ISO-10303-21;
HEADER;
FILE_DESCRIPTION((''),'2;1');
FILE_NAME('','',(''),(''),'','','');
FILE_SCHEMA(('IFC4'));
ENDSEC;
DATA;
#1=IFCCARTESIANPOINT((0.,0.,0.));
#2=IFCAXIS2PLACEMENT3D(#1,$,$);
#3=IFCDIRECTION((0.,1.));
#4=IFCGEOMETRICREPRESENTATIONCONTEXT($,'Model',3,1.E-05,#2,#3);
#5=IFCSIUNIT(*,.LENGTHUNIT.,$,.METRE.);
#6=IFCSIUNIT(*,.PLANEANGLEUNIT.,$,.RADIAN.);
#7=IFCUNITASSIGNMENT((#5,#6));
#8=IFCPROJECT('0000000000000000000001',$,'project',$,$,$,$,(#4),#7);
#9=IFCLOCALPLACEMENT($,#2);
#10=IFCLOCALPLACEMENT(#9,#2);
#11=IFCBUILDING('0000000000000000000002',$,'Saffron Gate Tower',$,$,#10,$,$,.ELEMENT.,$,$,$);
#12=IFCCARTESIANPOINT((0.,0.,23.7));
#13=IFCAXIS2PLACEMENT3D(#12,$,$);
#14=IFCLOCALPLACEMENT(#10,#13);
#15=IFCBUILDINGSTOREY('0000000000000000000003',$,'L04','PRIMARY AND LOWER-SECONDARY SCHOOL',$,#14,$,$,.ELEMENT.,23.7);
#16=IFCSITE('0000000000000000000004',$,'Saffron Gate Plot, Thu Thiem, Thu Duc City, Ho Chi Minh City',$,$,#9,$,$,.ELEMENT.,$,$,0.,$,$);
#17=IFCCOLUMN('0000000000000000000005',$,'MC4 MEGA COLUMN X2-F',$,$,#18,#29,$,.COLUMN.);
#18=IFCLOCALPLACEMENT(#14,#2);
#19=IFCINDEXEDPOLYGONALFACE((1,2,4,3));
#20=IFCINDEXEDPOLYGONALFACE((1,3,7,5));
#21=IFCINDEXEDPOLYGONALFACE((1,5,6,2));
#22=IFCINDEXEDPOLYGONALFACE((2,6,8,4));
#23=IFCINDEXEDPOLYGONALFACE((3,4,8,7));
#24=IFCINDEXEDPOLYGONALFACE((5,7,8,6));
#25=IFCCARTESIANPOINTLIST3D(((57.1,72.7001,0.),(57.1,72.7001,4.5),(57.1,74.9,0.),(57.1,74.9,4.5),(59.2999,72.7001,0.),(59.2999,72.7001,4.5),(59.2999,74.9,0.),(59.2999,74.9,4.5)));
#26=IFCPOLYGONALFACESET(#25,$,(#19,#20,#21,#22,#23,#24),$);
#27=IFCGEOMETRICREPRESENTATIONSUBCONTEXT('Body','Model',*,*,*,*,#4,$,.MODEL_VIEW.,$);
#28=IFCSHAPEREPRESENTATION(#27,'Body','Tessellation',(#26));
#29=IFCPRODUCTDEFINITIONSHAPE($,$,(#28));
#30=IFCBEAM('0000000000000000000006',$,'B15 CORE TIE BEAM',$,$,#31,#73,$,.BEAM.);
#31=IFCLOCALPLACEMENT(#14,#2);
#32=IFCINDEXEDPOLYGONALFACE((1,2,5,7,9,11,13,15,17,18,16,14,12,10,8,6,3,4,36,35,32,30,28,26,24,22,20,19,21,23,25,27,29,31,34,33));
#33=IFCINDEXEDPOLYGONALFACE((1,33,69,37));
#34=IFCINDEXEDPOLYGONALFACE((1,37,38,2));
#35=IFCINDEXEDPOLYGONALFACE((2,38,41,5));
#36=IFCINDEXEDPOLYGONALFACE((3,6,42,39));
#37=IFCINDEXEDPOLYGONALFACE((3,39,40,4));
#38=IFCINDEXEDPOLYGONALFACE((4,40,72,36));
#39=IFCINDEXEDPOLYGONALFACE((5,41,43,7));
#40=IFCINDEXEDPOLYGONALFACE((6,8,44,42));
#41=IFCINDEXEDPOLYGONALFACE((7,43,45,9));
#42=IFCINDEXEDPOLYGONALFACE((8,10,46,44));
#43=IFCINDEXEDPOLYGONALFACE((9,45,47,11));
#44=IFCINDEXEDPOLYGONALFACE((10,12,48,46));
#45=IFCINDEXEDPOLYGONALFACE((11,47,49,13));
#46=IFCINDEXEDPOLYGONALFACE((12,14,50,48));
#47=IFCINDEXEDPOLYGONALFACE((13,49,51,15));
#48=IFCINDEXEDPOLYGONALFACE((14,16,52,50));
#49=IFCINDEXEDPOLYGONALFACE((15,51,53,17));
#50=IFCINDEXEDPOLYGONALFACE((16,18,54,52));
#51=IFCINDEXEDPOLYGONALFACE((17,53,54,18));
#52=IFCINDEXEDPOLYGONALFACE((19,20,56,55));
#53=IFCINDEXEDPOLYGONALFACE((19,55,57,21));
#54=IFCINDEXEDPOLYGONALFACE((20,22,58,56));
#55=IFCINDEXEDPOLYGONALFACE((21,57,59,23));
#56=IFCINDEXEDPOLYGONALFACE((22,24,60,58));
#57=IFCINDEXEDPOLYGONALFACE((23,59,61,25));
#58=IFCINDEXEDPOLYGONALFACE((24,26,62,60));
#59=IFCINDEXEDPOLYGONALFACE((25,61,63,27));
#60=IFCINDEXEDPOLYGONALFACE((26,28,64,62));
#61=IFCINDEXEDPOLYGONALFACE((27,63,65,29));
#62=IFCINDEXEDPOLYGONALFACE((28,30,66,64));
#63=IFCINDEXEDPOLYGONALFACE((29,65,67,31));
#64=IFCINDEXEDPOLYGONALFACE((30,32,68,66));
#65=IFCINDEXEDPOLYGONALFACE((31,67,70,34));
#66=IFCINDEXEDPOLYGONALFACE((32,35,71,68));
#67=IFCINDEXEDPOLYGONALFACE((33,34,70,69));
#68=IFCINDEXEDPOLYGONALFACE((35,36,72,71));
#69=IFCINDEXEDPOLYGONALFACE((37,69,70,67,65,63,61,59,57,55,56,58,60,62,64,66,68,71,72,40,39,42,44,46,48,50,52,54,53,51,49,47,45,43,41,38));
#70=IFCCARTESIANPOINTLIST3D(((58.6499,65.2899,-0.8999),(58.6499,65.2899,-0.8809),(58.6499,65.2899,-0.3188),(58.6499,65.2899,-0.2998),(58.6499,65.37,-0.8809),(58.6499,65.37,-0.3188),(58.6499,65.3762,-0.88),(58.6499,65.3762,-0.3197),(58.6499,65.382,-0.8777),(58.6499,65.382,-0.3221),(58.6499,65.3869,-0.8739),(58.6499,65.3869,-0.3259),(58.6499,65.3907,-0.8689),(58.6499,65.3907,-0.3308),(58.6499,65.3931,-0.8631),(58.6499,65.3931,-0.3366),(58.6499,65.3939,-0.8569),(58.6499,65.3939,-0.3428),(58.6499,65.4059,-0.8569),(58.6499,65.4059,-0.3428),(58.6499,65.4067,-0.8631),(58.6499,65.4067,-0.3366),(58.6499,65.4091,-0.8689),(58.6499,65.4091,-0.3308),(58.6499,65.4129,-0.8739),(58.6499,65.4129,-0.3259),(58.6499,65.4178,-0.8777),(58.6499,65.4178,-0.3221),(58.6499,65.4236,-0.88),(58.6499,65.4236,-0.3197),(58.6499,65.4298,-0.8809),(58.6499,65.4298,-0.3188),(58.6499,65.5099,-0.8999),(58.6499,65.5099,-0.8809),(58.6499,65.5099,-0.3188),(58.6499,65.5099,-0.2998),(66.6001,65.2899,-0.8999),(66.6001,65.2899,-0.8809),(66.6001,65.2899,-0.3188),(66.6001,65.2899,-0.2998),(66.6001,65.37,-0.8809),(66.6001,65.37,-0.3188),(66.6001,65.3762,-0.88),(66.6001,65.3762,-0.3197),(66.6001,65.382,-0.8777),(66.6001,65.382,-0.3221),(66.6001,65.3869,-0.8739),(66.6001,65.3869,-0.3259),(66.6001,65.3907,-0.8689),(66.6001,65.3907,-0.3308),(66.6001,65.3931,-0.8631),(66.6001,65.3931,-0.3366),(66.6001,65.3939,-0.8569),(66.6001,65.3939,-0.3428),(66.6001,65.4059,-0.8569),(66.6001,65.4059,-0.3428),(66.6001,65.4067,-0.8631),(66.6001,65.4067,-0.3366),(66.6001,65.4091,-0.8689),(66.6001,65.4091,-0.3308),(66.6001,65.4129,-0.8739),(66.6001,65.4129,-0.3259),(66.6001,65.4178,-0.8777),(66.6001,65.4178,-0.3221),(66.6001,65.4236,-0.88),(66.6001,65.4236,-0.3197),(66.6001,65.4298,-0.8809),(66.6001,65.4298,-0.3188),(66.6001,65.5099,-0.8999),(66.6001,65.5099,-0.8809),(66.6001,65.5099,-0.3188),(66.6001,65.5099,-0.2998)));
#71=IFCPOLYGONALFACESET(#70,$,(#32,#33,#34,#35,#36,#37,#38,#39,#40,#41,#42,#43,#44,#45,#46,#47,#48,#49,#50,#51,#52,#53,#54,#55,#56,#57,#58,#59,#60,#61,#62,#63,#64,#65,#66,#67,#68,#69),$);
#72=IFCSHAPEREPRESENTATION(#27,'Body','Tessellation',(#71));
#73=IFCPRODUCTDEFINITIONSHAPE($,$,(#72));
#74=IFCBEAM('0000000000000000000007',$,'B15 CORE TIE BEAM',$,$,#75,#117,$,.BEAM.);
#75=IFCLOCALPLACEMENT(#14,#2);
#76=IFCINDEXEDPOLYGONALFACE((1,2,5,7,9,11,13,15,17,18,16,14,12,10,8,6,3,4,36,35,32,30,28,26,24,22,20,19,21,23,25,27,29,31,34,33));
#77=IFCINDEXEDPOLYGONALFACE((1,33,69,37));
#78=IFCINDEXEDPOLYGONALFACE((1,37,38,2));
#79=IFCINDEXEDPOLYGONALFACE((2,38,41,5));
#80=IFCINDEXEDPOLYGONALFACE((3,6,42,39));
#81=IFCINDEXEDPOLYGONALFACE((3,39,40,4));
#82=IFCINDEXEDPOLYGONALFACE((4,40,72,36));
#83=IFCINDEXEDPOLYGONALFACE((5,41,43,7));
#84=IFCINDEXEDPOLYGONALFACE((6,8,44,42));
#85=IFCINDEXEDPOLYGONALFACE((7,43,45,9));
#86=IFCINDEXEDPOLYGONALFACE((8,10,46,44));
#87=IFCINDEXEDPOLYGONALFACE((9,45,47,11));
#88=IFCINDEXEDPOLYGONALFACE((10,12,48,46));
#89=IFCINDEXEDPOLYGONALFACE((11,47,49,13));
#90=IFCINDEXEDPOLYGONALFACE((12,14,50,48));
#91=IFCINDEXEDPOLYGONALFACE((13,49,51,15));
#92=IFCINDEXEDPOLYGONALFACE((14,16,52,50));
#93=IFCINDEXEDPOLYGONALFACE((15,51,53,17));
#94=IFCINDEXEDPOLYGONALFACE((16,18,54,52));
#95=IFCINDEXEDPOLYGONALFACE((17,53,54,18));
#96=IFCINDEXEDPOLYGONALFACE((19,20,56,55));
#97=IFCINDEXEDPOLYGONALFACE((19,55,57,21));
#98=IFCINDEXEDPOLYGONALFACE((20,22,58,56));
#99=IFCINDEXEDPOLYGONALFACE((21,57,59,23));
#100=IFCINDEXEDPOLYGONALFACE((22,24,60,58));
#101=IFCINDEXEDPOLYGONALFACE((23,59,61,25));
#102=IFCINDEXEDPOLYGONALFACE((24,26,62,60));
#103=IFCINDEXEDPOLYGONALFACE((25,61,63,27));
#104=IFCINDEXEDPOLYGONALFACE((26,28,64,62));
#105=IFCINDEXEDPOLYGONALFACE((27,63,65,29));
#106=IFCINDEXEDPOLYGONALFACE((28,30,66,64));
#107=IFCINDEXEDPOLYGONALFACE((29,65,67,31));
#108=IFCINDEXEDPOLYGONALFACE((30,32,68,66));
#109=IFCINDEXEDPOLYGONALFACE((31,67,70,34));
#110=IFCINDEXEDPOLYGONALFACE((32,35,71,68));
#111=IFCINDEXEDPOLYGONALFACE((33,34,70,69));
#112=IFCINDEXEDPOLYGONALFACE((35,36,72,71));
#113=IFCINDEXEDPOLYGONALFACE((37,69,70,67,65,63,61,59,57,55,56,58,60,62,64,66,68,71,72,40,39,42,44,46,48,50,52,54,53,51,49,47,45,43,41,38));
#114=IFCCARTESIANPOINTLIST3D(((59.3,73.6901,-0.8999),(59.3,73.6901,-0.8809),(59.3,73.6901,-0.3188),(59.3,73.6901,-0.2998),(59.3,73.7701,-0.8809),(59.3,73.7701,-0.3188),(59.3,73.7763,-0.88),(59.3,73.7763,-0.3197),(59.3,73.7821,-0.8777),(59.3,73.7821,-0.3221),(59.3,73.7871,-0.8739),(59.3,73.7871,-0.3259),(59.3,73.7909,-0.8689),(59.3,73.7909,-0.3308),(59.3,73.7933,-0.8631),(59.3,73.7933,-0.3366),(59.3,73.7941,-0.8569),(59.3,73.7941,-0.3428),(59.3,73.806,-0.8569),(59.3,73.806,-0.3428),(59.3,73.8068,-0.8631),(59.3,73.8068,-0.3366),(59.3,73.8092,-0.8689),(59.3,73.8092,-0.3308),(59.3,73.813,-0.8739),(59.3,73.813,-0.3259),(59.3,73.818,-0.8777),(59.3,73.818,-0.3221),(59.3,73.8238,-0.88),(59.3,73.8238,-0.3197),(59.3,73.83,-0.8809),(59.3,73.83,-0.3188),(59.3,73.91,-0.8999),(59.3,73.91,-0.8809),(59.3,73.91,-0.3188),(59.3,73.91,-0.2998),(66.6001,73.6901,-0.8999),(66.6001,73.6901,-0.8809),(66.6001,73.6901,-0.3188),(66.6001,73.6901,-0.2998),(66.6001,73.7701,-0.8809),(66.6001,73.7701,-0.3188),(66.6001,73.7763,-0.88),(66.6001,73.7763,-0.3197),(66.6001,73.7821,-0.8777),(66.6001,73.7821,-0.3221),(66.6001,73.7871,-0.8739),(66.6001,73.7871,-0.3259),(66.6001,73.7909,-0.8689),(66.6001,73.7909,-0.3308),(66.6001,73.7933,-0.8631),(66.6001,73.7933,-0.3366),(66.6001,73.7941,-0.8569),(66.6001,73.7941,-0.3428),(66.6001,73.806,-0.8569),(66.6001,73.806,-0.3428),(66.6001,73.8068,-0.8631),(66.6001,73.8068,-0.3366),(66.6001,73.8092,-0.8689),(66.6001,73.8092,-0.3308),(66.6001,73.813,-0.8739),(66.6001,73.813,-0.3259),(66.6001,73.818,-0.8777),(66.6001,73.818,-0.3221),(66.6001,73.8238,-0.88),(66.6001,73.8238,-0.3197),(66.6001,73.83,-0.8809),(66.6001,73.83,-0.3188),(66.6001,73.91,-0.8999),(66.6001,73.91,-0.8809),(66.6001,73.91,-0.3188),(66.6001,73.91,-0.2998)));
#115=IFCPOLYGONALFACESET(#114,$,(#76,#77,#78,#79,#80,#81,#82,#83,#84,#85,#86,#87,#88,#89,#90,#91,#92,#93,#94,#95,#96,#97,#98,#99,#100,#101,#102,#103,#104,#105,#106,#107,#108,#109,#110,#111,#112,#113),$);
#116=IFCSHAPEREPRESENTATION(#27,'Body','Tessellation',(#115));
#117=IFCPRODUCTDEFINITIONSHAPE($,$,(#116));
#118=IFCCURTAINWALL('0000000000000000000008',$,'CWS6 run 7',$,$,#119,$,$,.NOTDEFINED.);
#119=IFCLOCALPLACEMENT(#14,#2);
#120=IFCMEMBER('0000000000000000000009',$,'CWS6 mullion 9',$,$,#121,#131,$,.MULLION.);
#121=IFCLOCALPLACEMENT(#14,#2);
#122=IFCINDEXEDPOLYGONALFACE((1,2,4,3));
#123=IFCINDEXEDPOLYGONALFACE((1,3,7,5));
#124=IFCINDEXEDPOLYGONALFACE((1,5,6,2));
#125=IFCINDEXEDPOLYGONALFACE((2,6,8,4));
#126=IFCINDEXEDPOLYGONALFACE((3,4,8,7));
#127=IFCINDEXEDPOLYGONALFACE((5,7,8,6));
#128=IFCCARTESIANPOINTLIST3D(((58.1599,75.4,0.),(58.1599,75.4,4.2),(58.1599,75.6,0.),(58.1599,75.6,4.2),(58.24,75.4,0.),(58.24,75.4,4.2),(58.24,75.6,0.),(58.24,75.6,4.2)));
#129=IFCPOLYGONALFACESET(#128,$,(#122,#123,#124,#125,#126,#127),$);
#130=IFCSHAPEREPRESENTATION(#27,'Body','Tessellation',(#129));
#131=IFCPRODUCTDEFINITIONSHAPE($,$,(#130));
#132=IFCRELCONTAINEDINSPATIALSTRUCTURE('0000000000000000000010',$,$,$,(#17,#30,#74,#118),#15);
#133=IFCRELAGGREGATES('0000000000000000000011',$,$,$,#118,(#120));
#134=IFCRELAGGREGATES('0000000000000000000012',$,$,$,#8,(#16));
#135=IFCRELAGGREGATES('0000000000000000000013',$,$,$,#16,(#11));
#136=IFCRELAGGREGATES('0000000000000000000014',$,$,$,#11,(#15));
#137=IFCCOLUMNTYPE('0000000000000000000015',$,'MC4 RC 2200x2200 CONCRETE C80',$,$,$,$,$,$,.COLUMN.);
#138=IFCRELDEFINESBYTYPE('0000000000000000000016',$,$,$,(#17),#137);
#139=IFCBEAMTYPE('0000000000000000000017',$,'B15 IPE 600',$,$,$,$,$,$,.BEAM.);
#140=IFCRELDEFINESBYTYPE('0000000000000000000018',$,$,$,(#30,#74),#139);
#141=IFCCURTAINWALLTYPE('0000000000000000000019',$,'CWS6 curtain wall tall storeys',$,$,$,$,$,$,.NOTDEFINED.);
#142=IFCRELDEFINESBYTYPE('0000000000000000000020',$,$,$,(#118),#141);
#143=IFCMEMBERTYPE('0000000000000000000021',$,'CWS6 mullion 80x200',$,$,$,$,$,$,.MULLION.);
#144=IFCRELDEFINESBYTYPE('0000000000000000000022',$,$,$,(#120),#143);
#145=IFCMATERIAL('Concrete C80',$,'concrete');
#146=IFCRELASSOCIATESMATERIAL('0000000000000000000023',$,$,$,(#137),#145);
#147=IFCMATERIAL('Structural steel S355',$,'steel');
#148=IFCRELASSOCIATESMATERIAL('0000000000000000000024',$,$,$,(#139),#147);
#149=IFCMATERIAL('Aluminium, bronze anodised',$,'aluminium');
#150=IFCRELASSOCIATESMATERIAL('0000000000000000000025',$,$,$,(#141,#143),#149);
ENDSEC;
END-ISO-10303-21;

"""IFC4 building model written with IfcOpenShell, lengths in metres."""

from ifc_helpers import new_model, si_unit, direction, frame, origin, origin_2d, place, context, subcontext, project, spatial, rectangle, i_section, extrude, material, material_profile, profile_set, type_object, element, aggregate, save


model = new_model("IFC4")

# Units and contexts
model_context = context("Model", 3, precision=1e-05, world=origin(), true_north=direction((0.0, 1.0)))
body_context = subcontext(model_context, "Body", "Model", "MODEL_VIEW")
ifc_project = project(units=[si_unit("LENGTHUNIT", "METRE"), si_unit("PLANEANGLEUNIT", "RADIAN")], contexts=[model_context])

# Site, building, storey
site_placement = place(None, origin())
site = spatial("IfcSite", under=ifc_project, at=site_placement, Name="Saffron Gate Plot, Thu Thiem, Thu Duc City, Ho Chi Minh City", CompositionType="ELEMENT", RefElevation=0.0)
building_placement = place(site_placement, origin())
building = spatial("IfcBuilding", under=site, at=building_placement, Name="Saffron Gate Tower", CompositionType="ELEMENT")
storey_placement = place(building_placement, frame((0.0, 0.0, 23.7)))
storey = spatial("IfcBuildingStorey", under=building, at=storey_placement, Name="L04", Description="PRIMARY AND LOWER-SECONDARY SCHOOL", CompositionType="ELEMENT", Elevation=23.7)

# Column
ifc_material_1 = material(Name="Concrete C80", Category="concrete")
ifc_material_profile_1 = material_profile(ifc_material_1, rectangle(XDim=2.2, YDim=2.2, at=origin_2d()))
ifc_profile_set_1 = profile_set([ifc_material_profile_1], Name="Concrete C80")
column_type = type_object("IfcColumnType", Name="MC4 RC 2200x2200 CONCRETE C80", PredefinedType="COLUMN", material=ifc_profile_set_1)
column_placement = place(storey_placement, frame((58.2, 73.8, 0.0), z_axis=(0.0, 0.0, 1.0), x_axis=(1.0, 0.0, 0.0)))
element("IfcColumn", 1, at=column_placement, inside=storey, type_object=column_type, Name="MC4 MEGA COLUMN X2-F", PredefinedType="COLUMN", context=body_context, shape_type="SweptSolid", body=[
    extrude(rectangle(XDim=2.2, YDim=2.2, at=origin_2d()), origin(), (0.0, 0.0, 1.0), 4.5),
])

# Beams
ifc_material_2 = material(Name="Structural steel S355", Category="steel")
ifc_material_profile_2 = material_profile(ifc_material_2, i_section(OverallWidth=0.22, OverallDepth=0.6001, WebThickness=0.012, FlangeThickness=0.019, FilletRadius=0.0239, at=origin_2d()))
ifc_profile_set_2 = profile_set([ifc_material_profile_2], Name="Structural steel S355")
beam_type = type_object("IfcBeamType", Name="B15 IPE 600", PredefinedType="BEAM", material=ifc_profile_set_2)
beam_1_placement = place(storey_placement, frame((58.6499, 65.3999, -0.5999), z_axis=(1.0, 0.0, 0.0), x_axis=(0.0, 1.0, 0.0)))
element("IfcBeam", 2, at=beam_1_placement, inside=storey, type_object=beam_type, Name="B15 CORE TIE BEAM", PredefinedType="BEAM", context=body_context, shape_type="SweptSolid", body=[
    extrude(i_section(OverallWidth=0.22, OverallDepth=0.6001, WebThickness=0.012, FlangeThickness=0.019, FilletRadius=0.0239, at=origin_2d()), origin(), (0.0, 0.0, 1.0), 7.9502),
])
beam_2_placement = place(storey_placement, frame((59.3, 73.8, -0.5999), z_axis=(1.0, 0.0, 0.0), x_axis=(0.0, 1.0, 0.0)))
element("IfcBeam", 3, at=beam_2_placement, inside=storey, type_object=beam_type, Name="B15 CORE TIE BEAM", PredefinedType="BEAM", context=body_context, shape_type="SweptSolid", body=[
    extrude(i_section(OverallWidth=0.22, OverallDepth=0.6001, WebThickness=0.012, FlangeThickness=0.019, FilletRadius=0.0239, at=origin_2d()), origin(), (0.0, 0.0, 1.0), 7.3),
])

# Curtain wall, member
ifc_material_3 = material(Name="Aluminium, bronze anodised", Category="aluminium")
curtain_wall_type = type_object("IfcCurtainWallType", Name="CWS6 curtain wall tall storeys", PredefinedType="NOTDEFINED", material=ifc_material_3)
curtain_wall_placement = place(storey_placement, origin())
curtain_wall = element("IfcCurtainWall", 4, at=curtain_wall_placement, inside=storey, type_object=curtain_wall_type, Name="CWS6 run 7", PredefinedType="NOTDEFINED")
ifc_material_profile_3 = material_profile(ifc_material_3, rectangle(XDim=0.2, YDim=0.0801, at=origin_2d()))
ifc_profile_set_3 = profile_set([ifc_material_profile_3], Name="Aluminium, bronze anodised")
member_type = type_object("IfcMemberType", Name="CWS6 mullion 80x200", PredefinedType="MULLION", material=ifc_profile_set_3)
member_placement = place(storey_placement, frame((58.2, 75.5, 0.0), z_axis=(0.0, 0.0, 1.0), x_axis=(0.0, -1.0, 0.0)))
member = element("IfcMember", 5, at=member_placement, type_object=member_type, Name="CWS6 mullion 9", PredefinedType="MULLION", context=body_context, shape_type="SweptSolid", body=[
    extrude(rectangle(XDim=0.2, YDim=0.0801, at=origin_2d()), origin(), (0.0, 0.0, 1.0), 4.2),
])
aggregate(curtain_wall, [member])

save(model, "model.ifc")
